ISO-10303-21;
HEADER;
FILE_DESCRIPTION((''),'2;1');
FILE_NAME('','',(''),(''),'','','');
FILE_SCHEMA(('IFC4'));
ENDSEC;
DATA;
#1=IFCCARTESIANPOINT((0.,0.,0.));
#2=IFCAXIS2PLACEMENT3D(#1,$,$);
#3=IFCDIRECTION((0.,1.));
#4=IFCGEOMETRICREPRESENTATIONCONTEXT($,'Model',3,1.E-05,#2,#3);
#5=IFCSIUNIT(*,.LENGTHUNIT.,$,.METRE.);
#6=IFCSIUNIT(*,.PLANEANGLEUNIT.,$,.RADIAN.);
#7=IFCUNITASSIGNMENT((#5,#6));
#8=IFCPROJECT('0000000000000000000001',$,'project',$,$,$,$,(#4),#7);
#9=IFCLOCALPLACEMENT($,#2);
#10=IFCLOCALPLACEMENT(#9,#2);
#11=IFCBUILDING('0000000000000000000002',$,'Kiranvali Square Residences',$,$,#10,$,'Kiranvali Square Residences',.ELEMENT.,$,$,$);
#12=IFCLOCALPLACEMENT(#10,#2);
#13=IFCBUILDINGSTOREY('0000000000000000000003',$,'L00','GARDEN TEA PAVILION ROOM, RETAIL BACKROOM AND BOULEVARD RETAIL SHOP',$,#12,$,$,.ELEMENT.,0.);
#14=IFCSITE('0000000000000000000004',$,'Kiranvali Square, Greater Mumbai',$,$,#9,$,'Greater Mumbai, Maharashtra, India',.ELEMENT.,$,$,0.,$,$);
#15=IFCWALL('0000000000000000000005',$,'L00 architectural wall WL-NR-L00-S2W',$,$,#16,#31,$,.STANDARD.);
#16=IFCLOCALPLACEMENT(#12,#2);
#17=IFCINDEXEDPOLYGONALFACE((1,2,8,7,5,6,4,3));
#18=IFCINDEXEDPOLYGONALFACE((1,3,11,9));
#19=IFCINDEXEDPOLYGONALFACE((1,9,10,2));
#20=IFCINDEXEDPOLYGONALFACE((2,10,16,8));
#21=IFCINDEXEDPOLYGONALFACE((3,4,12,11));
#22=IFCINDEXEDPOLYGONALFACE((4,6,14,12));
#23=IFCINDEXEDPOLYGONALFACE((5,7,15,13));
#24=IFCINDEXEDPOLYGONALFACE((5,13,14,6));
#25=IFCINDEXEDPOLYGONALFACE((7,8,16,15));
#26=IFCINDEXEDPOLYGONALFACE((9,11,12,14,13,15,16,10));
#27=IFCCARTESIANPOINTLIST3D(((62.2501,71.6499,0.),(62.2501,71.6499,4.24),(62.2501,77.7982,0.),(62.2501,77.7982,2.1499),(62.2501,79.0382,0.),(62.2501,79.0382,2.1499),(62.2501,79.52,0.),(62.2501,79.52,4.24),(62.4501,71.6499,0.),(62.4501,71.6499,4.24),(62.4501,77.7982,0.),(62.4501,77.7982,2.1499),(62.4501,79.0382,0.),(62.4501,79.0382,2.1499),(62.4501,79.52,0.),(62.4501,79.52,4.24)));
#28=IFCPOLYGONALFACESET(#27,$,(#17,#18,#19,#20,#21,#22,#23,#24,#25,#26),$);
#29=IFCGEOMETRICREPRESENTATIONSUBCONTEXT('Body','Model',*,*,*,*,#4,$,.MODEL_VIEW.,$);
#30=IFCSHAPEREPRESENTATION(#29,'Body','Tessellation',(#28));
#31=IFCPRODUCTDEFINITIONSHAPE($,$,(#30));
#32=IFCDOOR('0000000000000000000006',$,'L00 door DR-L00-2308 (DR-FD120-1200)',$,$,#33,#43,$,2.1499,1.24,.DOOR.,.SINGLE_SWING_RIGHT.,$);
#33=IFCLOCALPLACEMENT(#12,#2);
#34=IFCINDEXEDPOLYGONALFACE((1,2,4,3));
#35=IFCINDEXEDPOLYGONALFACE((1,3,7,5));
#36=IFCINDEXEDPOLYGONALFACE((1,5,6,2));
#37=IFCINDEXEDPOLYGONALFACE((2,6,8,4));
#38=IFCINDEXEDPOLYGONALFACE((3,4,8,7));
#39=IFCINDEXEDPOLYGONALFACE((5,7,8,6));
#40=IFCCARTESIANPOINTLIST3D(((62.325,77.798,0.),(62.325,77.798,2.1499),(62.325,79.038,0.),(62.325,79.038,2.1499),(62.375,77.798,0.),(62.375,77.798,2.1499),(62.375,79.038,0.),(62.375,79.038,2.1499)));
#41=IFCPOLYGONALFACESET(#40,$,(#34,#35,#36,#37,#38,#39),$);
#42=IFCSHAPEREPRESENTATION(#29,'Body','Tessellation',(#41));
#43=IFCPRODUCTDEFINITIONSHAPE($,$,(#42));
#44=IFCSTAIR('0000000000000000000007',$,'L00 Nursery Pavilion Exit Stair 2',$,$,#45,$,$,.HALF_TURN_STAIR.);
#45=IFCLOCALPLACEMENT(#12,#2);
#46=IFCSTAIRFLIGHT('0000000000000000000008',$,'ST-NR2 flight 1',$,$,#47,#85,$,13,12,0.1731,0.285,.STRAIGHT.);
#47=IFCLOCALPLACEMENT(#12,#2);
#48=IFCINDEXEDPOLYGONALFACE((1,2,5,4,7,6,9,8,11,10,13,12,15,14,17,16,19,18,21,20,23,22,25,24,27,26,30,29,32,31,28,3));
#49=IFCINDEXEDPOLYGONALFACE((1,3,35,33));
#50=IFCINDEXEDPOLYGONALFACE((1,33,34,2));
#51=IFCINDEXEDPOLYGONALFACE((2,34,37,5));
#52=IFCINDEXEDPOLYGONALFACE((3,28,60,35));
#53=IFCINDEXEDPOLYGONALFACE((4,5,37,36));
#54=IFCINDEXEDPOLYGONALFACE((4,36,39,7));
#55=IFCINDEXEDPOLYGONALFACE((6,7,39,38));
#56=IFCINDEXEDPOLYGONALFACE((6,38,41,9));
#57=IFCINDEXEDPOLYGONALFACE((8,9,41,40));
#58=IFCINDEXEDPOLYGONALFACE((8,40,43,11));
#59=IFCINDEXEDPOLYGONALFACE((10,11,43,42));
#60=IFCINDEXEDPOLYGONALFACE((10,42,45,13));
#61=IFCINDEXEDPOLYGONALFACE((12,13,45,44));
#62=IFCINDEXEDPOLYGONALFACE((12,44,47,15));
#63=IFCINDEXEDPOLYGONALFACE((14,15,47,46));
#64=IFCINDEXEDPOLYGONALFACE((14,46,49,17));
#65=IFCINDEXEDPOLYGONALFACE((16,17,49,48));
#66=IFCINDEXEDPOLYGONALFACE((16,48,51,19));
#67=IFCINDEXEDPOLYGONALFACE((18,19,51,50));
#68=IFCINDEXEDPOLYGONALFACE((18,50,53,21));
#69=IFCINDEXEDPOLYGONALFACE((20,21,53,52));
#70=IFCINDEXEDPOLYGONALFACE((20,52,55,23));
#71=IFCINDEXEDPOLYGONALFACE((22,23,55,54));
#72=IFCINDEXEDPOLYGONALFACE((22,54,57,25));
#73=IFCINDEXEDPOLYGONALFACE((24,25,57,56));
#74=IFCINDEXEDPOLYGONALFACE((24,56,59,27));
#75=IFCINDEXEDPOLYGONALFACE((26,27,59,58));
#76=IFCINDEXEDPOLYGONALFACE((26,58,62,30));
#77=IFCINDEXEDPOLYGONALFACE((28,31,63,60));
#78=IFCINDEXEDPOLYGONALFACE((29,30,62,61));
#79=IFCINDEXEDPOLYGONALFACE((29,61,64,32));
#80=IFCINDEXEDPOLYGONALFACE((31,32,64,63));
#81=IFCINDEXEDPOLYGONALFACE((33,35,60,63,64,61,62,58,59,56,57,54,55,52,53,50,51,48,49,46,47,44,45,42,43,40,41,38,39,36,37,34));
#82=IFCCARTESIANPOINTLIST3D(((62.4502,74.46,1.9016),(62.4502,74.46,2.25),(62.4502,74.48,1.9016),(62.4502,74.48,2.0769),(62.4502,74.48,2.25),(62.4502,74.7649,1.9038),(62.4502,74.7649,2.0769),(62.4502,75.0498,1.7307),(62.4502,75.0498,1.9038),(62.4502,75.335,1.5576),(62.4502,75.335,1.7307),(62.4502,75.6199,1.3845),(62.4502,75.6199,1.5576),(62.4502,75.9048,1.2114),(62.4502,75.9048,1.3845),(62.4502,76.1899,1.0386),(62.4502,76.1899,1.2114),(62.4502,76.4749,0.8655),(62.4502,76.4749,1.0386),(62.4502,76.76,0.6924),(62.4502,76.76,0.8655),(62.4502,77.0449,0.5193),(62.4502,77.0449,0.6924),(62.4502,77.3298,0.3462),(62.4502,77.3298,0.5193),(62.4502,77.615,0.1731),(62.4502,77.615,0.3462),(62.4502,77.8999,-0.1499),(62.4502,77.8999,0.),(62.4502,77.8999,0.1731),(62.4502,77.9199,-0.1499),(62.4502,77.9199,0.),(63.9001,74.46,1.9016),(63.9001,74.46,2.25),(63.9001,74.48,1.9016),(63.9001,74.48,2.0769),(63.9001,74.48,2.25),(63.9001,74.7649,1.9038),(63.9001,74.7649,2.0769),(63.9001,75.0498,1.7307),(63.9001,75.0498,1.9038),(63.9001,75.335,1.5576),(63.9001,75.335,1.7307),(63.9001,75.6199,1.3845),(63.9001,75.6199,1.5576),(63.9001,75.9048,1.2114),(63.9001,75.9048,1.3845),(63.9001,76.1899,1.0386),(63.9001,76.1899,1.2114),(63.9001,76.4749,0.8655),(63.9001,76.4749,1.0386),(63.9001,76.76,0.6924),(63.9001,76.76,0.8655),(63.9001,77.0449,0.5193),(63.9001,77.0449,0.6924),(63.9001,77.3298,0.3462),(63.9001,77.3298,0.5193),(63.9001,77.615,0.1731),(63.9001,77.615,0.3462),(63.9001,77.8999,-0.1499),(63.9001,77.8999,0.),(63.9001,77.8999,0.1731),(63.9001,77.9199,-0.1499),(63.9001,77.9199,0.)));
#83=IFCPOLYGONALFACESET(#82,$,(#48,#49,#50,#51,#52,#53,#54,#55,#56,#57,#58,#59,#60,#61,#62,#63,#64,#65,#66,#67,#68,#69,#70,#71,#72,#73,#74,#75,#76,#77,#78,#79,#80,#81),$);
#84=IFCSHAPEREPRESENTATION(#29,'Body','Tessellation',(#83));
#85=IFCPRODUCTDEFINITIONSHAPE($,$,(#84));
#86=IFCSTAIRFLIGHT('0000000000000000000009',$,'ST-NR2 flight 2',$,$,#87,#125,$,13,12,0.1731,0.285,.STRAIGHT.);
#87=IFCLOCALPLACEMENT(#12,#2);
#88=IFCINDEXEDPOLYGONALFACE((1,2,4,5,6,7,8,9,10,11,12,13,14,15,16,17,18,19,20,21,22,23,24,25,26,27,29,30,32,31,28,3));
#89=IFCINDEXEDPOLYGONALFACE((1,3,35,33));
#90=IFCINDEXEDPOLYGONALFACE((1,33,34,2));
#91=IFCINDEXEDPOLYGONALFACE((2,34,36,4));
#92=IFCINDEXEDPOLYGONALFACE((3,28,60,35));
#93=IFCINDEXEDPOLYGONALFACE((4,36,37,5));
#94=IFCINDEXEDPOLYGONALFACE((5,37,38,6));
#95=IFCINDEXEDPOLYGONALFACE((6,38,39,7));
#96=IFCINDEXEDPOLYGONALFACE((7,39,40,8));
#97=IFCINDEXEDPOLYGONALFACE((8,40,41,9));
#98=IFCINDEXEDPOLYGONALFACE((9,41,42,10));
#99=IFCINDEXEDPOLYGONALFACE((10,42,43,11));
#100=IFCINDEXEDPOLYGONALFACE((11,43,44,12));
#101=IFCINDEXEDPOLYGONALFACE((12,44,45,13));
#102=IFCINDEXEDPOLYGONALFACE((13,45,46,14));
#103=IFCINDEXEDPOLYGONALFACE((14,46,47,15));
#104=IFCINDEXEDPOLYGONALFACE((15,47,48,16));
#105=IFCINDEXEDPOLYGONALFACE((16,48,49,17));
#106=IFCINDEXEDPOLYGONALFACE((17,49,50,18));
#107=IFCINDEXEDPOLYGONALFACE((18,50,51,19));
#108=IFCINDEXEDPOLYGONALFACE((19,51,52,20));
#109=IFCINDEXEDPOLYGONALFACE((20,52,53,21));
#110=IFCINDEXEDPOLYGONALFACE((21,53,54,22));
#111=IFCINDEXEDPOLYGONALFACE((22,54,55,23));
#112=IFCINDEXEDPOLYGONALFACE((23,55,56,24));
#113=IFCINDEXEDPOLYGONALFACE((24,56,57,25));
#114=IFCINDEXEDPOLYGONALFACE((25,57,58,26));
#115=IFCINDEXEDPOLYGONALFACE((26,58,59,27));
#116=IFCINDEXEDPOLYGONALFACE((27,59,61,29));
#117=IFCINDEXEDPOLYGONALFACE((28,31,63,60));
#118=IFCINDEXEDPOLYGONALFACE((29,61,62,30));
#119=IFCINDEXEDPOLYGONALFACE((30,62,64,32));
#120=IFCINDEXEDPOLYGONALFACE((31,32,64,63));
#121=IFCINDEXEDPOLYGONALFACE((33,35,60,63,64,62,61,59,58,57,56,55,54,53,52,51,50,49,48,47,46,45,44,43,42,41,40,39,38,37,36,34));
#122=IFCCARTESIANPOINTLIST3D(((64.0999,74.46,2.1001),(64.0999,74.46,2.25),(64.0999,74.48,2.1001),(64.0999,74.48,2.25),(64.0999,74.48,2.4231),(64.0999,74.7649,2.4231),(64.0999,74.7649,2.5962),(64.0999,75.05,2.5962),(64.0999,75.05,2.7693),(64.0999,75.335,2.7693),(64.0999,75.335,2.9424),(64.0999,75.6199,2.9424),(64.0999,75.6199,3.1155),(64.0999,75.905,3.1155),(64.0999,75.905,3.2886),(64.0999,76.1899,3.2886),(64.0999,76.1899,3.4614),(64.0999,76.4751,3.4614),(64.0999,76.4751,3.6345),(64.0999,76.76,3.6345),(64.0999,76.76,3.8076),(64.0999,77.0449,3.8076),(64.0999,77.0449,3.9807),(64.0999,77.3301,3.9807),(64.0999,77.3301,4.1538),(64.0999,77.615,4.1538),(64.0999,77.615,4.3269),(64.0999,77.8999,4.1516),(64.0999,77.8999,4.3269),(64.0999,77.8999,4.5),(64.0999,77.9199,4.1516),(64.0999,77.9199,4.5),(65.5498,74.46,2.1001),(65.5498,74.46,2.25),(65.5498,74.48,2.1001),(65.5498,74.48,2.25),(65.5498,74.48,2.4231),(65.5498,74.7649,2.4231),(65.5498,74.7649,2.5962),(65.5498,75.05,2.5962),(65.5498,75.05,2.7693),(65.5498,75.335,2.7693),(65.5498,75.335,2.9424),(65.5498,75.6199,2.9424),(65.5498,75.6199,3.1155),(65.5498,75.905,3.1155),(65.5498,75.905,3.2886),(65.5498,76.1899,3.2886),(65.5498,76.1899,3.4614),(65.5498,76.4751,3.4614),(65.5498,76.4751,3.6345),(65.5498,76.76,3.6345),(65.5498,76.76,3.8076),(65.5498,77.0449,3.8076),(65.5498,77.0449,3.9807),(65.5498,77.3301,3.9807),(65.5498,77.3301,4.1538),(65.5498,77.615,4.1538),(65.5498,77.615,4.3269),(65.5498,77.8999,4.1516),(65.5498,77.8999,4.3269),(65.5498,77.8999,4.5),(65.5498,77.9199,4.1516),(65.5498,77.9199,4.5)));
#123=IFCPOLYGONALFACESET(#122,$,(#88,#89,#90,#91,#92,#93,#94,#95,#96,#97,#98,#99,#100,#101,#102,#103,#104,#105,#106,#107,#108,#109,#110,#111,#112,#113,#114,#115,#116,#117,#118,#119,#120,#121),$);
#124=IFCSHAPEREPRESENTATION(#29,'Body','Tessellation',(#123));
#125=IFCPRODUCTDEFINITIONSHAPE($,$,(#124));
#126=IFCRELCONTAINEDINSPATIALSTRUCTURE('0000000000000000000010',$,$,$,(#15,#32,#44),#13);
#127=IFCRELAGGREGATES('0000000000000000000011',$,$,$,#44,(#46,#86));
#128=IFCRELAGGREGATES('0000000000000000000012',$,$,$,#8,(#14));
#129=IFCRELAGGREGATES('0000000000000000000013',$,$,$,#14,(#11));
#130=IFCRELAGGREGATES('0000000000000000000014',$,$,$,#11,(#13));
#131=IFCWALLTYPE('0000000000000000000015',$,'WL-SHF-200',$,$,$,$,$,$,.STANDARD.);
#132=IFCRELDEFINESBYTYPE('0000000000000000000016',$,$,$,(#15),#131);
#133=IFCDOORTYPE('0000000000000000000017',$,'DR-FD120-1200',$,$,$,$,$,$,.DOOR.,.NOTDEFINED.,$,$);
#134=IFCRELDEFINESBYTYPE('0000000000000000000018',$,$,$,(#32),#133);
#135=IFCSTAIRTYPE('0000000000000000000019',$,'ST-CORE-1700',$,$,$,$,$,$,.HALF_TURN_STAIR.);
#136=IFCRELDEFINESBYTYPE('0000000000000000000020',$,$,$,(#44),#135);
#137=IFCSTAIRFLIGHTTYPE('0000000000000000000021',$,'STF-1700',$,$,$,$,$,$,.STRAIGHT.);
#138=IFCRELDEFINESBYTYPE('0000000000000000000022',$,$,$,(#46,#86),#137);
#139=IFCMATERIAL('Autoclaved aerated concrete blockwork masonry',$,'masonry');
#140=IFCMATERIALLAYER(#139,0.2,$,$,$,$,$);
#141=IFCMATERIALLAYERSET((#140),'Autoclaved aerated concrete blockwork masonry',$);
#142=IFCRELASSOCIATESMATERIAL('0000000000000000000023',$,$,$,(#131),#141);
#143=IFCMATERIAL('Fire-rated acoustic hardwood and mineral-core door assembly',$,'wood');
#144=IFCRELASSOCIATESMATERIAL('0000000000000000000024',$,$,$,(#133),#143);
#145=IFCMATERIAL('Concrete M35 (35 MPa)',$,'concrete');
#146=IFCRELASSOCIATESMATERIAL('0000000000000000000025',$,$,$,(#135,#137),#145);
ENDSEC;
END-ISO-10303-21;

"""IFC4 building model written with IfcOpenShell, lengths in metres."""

from ifc_helpers import new_model, si_unit, direction, frame, frame_2d, origin, place, context, subcontext, project, spatial, polyline, rectangle, outline, extrude, material, layer, layer_set, type_object, element, fill, aggregate, save


model = new_model("IFC4")

# Units and contexts
model_context = context("Model", 3, precision=1e-05, world=origin(), true_north=direction((0.0, 1.0)))
body_context = subcontext(model_context, "Body", "Model", "MODEL_VIEW")
ifc_project = project(units=[si_unit("LENGTHUNIT", "METRE"), si_unit("PLANEANGLEUNIT", "RADIAN")], contexts=[model_context])

# Site, building, storey
site_placement = place(None, origin())
site = spatial("IfcSite", under=ifc_project, at=site_placement, Name="Kiranvali Square, Greater Mumbai", LongName="Greater Mumbai, Maharashtra, India", CompositionType="ELEMENT", RefElevation=0.0)
building_placement = place(site_placement, origin())
building = spatial("IfcBuilding", under=site, at=building_placement, Name="Kiranvali Square Residences", LongName="Kiranvali Square Residences", CompositionType="ELEMENT")
storey_placement = place(building_placement, origin())
storey = spatial("IfcBuildingStorey", under=building, at=storey_placement, Name="L00", Description="GARDEN TEA PAVILION ROOM, RETAIL BACKROOM AND BOULEVARD RETAIL SHOP", CompositionType="ELEMENT", Elevation=0.0)

# Shared definitions
ifc_material_1 = material(Name="Autoclaved aerated concrete blockwork masonry", Category="masonry")
ifc_material_2 = material(Name="Fire-rated acoustic hardwood and mineral-core door assembly", Category="wood")

# Shared definitions
ifc_layer_1 = layer(ifc_material_1, 0.2)
ifc_layer_set_1 = layer_set([ifc_layer_1], Name="Autoclaved aerated concrete blockwork masonry")
wall_type_1 = type_object("IfcWallType", Name="WL-SHF-200", PredefinedType="STANDARD", material=ifc_layer_set_1)

# Wall, opening, door
wall_1_placement = place(storey_placement, frame((62.3501, 71.6499, 0.0), z_axis=(0.0, 0.0, 1.0), x_axis=(0.0, 1.0, 0.0)))
wall_1 = element("IfcWall", 1, at=wall_1_placement, inside=storey, type_object=wall_type_1, Name="L00 architectural wall WL-NR-L00-S2W", PredefinedType="STANDARD", context=body_context, shape_type="SweptSolid", body=[
    extrude(rectangle(XDim=7.8701, YDim=0.2, at=frame_2d((3.9351, 0.0))), origin(), (0.0, 0.0, 1.0), 4.24),
])
opening_1_placement = place(wall_1_placement, frame((6.1482, 0.0, 0.0)))
opening_1 = element("IfcOpeningElement", 2, at=opening_1_placement, cuts=wall_1, PredefinedType="OPENING", context=body_context, shape_type="SweptSolid", body=[
    extrude(rectangle(XDim=1.24, YDim=2.1499, at=frame_2d((0.6201, 1.075))), frame((0.0, 0.1099, 0.0), z_axis=(0.0, -1.0, 0.0), x_axis=(1.0, 0.0, 0.0)), (0.0, 0.0, 1.0), 0.22),
])
door_type_1 = type_object("IfcDoorType", Name="DR-FD120-1200", OperationType="NOTDEFINED", PredefinedType="DOOR", material=ifc_material_2)
door_1_placement = place(opening_1_placement, frame((1.24, 0.0, 0.0), z_axis=(0.0, 0.0, 1.0), x_axis=(-1.0, 0.0, 0.0)))
door_1 = element("IfcDoor", 3, at=door_1_placement, inside=storey, type_object=door_type_1, Name="L00 door DR-L00-2308 (DR-FD120-1200)", OperationType="SINGLE_SWING_RIGHT", OverallHeight=2.1499, OverallWidth=1.24, PredefinedType="DOOR", context=body_context, shape_type="SweptSolid", body=[
    extrude(rectangle(XDim=1.24, YDim=2.1499, at=frame_2d((0.6201, 1.075))), frame((0.0, 0.0249, 0.0), z_axis=(0.0, -1.0, 0.0), x_axis=(1.0, 0.0, 0.0)), (0.0, 0.0, 1.0), 0.05),
])
fill(opening_1, door_1)

# Stair, stair flights
ifc_material_3 = material(Name="Concrete M35 (35 MPa)", Category="concrete")
stair_type = type_object("IfcStairType", Name="ST-CORE-1700", PredefinedType="HALF_TURN_STAIR", material=ifc_material_3)
stair_placement = place(storey_placement, origin())
stair = element("IfcStair", 4, at=stair_placement, inside=storey, type_object=stair_type, Name="L00 Nursery Pavilion Exit Stair 2", PredefinedType="HALF_TURN_STAIR")
stair_flight_type = type_object("IfcStairFlightType", Name="STF-1700", PredefinedType="STRAIGHT", material=ifc_material_3)
stair_flight_1_placement = place(storey_placement, frame((63.175, 77.8999, 0.0), z_axis=(0.0, 0.0, 1.0), x_axis=(0.0, -1.0, 0.0)))
stair_flight_1 = element("IfcStairFlight", 5, at=stair_flight_1_placement, type_object=stair_flight_type, Name="ST-NR2 flight 1", NumberOfRisers=13, NumberOfTreads=12, PredefinedType="STRAIGHT", RiserHeight=0.1731, TreadLength=0.285, context=body_context, shape_type="SweptSolid", body=[
    extrude(outline(polyline([(-0.02, -0.1499), (-0.02, 0.0), (0.0, 0.0), (0.0, 0.1731), (0.2849, 0.1731), (0.2849, 0.3462), (0.5701, 0.3462), (0.5701, 0.5193), (0.855, 0.5193), (0.855, 0.6924), (1.1399, 0.6924), (1.1399, 0.8655), (1.425, 0.8655), (1.425, 1.0386), (1.71, 1.0386), (1.71, 1.2114), (1.9951, 1.2114), (1.9951, 1.3845), (2.28, 1.3845), (2.28, 1.5576), (2.5649, 1.5576), (2.5649, 1.7307), (2.8501, 1.7307), (2.8501, 1.9038), (3.135, 1.9038), (3.135, 2.0769), (3.4199, 2.0769), (3.4199, 2.25), (3.4399, 2.25), (3.4399, 1.9016), (3.4199, 1.9016), (0.0, -0.1499), (-0.02, -0.1499)])), frame((0.0, 0.7251, 0.0), z_axis=(0.0, -1.0, 0.0), x_axis=(1.0, 0.0, 0.0)), (0.0, 0.0, 1.0), 1.45),
])
stair_flight_2_placement = place(storey_placement, frame((64.825, 74.48, 2.25), z_axis=(0.0, 0.0, 1.0), x_axis=(0.0, 1.0, 0.0)))
stair_flight_2 = element("IfcStairFlight", 6, at=stair_flight_2_placement, type_object=stair_flight_type, Name="ST-NR2 flight 2", NumberOfRisers=13, NumberOfTreads=12, PredefinedType="STRAIGHT", RiserHeight=0.1731, TreadLength=0.285, context=body_context, shape_type="SweptSolid", body=[
    extrude(outline(polyline([(-0.02, -0.1499), (-0.02, 0.0), (0.0, 0.0), (0.0, 0.1731), (0.2849, 0.1731), (0.2849, 0.3462), (0.5701, 0.3462), (0.5701, 0.5193), (0.855, 0.5193), (0.855, 0.6924), (1.1399, 0.6924), (1.1399, 0.8655), (1.425, 0.8655), (1.425, 1.0386), (1.71, 1.0386), (1.71, 1.2114), (1.9951, 1.2114), (1.9951, 1.3845), (2.28, 1.3845), (2.28, 1.5576), (2.5649, 1.5576), (2.5649, 1.7307), (2.8501, 1.7307), (2.8501, 1.9038), (3.135, 1.9038), (3.135, 2.0769), (3.4199, 2.0769), (3.4199, 2.25), (3.4399, 2.25), (3.4399, 1.9016), (3.4199, 1.9016), (0.0, -0.1499), (-0.02, -0.1499)])), frame((0.0, 0.7251, 0.0), z_axis=(0.0, -1.0, 0.0), x_axis=(1.0, 0.0, 0.0)), (0.0, 0.0, 1.0), 1.45),
])
aggregate(stair, [stair_flight_1, stair_flight_2])

save(model, "model.ifc")
